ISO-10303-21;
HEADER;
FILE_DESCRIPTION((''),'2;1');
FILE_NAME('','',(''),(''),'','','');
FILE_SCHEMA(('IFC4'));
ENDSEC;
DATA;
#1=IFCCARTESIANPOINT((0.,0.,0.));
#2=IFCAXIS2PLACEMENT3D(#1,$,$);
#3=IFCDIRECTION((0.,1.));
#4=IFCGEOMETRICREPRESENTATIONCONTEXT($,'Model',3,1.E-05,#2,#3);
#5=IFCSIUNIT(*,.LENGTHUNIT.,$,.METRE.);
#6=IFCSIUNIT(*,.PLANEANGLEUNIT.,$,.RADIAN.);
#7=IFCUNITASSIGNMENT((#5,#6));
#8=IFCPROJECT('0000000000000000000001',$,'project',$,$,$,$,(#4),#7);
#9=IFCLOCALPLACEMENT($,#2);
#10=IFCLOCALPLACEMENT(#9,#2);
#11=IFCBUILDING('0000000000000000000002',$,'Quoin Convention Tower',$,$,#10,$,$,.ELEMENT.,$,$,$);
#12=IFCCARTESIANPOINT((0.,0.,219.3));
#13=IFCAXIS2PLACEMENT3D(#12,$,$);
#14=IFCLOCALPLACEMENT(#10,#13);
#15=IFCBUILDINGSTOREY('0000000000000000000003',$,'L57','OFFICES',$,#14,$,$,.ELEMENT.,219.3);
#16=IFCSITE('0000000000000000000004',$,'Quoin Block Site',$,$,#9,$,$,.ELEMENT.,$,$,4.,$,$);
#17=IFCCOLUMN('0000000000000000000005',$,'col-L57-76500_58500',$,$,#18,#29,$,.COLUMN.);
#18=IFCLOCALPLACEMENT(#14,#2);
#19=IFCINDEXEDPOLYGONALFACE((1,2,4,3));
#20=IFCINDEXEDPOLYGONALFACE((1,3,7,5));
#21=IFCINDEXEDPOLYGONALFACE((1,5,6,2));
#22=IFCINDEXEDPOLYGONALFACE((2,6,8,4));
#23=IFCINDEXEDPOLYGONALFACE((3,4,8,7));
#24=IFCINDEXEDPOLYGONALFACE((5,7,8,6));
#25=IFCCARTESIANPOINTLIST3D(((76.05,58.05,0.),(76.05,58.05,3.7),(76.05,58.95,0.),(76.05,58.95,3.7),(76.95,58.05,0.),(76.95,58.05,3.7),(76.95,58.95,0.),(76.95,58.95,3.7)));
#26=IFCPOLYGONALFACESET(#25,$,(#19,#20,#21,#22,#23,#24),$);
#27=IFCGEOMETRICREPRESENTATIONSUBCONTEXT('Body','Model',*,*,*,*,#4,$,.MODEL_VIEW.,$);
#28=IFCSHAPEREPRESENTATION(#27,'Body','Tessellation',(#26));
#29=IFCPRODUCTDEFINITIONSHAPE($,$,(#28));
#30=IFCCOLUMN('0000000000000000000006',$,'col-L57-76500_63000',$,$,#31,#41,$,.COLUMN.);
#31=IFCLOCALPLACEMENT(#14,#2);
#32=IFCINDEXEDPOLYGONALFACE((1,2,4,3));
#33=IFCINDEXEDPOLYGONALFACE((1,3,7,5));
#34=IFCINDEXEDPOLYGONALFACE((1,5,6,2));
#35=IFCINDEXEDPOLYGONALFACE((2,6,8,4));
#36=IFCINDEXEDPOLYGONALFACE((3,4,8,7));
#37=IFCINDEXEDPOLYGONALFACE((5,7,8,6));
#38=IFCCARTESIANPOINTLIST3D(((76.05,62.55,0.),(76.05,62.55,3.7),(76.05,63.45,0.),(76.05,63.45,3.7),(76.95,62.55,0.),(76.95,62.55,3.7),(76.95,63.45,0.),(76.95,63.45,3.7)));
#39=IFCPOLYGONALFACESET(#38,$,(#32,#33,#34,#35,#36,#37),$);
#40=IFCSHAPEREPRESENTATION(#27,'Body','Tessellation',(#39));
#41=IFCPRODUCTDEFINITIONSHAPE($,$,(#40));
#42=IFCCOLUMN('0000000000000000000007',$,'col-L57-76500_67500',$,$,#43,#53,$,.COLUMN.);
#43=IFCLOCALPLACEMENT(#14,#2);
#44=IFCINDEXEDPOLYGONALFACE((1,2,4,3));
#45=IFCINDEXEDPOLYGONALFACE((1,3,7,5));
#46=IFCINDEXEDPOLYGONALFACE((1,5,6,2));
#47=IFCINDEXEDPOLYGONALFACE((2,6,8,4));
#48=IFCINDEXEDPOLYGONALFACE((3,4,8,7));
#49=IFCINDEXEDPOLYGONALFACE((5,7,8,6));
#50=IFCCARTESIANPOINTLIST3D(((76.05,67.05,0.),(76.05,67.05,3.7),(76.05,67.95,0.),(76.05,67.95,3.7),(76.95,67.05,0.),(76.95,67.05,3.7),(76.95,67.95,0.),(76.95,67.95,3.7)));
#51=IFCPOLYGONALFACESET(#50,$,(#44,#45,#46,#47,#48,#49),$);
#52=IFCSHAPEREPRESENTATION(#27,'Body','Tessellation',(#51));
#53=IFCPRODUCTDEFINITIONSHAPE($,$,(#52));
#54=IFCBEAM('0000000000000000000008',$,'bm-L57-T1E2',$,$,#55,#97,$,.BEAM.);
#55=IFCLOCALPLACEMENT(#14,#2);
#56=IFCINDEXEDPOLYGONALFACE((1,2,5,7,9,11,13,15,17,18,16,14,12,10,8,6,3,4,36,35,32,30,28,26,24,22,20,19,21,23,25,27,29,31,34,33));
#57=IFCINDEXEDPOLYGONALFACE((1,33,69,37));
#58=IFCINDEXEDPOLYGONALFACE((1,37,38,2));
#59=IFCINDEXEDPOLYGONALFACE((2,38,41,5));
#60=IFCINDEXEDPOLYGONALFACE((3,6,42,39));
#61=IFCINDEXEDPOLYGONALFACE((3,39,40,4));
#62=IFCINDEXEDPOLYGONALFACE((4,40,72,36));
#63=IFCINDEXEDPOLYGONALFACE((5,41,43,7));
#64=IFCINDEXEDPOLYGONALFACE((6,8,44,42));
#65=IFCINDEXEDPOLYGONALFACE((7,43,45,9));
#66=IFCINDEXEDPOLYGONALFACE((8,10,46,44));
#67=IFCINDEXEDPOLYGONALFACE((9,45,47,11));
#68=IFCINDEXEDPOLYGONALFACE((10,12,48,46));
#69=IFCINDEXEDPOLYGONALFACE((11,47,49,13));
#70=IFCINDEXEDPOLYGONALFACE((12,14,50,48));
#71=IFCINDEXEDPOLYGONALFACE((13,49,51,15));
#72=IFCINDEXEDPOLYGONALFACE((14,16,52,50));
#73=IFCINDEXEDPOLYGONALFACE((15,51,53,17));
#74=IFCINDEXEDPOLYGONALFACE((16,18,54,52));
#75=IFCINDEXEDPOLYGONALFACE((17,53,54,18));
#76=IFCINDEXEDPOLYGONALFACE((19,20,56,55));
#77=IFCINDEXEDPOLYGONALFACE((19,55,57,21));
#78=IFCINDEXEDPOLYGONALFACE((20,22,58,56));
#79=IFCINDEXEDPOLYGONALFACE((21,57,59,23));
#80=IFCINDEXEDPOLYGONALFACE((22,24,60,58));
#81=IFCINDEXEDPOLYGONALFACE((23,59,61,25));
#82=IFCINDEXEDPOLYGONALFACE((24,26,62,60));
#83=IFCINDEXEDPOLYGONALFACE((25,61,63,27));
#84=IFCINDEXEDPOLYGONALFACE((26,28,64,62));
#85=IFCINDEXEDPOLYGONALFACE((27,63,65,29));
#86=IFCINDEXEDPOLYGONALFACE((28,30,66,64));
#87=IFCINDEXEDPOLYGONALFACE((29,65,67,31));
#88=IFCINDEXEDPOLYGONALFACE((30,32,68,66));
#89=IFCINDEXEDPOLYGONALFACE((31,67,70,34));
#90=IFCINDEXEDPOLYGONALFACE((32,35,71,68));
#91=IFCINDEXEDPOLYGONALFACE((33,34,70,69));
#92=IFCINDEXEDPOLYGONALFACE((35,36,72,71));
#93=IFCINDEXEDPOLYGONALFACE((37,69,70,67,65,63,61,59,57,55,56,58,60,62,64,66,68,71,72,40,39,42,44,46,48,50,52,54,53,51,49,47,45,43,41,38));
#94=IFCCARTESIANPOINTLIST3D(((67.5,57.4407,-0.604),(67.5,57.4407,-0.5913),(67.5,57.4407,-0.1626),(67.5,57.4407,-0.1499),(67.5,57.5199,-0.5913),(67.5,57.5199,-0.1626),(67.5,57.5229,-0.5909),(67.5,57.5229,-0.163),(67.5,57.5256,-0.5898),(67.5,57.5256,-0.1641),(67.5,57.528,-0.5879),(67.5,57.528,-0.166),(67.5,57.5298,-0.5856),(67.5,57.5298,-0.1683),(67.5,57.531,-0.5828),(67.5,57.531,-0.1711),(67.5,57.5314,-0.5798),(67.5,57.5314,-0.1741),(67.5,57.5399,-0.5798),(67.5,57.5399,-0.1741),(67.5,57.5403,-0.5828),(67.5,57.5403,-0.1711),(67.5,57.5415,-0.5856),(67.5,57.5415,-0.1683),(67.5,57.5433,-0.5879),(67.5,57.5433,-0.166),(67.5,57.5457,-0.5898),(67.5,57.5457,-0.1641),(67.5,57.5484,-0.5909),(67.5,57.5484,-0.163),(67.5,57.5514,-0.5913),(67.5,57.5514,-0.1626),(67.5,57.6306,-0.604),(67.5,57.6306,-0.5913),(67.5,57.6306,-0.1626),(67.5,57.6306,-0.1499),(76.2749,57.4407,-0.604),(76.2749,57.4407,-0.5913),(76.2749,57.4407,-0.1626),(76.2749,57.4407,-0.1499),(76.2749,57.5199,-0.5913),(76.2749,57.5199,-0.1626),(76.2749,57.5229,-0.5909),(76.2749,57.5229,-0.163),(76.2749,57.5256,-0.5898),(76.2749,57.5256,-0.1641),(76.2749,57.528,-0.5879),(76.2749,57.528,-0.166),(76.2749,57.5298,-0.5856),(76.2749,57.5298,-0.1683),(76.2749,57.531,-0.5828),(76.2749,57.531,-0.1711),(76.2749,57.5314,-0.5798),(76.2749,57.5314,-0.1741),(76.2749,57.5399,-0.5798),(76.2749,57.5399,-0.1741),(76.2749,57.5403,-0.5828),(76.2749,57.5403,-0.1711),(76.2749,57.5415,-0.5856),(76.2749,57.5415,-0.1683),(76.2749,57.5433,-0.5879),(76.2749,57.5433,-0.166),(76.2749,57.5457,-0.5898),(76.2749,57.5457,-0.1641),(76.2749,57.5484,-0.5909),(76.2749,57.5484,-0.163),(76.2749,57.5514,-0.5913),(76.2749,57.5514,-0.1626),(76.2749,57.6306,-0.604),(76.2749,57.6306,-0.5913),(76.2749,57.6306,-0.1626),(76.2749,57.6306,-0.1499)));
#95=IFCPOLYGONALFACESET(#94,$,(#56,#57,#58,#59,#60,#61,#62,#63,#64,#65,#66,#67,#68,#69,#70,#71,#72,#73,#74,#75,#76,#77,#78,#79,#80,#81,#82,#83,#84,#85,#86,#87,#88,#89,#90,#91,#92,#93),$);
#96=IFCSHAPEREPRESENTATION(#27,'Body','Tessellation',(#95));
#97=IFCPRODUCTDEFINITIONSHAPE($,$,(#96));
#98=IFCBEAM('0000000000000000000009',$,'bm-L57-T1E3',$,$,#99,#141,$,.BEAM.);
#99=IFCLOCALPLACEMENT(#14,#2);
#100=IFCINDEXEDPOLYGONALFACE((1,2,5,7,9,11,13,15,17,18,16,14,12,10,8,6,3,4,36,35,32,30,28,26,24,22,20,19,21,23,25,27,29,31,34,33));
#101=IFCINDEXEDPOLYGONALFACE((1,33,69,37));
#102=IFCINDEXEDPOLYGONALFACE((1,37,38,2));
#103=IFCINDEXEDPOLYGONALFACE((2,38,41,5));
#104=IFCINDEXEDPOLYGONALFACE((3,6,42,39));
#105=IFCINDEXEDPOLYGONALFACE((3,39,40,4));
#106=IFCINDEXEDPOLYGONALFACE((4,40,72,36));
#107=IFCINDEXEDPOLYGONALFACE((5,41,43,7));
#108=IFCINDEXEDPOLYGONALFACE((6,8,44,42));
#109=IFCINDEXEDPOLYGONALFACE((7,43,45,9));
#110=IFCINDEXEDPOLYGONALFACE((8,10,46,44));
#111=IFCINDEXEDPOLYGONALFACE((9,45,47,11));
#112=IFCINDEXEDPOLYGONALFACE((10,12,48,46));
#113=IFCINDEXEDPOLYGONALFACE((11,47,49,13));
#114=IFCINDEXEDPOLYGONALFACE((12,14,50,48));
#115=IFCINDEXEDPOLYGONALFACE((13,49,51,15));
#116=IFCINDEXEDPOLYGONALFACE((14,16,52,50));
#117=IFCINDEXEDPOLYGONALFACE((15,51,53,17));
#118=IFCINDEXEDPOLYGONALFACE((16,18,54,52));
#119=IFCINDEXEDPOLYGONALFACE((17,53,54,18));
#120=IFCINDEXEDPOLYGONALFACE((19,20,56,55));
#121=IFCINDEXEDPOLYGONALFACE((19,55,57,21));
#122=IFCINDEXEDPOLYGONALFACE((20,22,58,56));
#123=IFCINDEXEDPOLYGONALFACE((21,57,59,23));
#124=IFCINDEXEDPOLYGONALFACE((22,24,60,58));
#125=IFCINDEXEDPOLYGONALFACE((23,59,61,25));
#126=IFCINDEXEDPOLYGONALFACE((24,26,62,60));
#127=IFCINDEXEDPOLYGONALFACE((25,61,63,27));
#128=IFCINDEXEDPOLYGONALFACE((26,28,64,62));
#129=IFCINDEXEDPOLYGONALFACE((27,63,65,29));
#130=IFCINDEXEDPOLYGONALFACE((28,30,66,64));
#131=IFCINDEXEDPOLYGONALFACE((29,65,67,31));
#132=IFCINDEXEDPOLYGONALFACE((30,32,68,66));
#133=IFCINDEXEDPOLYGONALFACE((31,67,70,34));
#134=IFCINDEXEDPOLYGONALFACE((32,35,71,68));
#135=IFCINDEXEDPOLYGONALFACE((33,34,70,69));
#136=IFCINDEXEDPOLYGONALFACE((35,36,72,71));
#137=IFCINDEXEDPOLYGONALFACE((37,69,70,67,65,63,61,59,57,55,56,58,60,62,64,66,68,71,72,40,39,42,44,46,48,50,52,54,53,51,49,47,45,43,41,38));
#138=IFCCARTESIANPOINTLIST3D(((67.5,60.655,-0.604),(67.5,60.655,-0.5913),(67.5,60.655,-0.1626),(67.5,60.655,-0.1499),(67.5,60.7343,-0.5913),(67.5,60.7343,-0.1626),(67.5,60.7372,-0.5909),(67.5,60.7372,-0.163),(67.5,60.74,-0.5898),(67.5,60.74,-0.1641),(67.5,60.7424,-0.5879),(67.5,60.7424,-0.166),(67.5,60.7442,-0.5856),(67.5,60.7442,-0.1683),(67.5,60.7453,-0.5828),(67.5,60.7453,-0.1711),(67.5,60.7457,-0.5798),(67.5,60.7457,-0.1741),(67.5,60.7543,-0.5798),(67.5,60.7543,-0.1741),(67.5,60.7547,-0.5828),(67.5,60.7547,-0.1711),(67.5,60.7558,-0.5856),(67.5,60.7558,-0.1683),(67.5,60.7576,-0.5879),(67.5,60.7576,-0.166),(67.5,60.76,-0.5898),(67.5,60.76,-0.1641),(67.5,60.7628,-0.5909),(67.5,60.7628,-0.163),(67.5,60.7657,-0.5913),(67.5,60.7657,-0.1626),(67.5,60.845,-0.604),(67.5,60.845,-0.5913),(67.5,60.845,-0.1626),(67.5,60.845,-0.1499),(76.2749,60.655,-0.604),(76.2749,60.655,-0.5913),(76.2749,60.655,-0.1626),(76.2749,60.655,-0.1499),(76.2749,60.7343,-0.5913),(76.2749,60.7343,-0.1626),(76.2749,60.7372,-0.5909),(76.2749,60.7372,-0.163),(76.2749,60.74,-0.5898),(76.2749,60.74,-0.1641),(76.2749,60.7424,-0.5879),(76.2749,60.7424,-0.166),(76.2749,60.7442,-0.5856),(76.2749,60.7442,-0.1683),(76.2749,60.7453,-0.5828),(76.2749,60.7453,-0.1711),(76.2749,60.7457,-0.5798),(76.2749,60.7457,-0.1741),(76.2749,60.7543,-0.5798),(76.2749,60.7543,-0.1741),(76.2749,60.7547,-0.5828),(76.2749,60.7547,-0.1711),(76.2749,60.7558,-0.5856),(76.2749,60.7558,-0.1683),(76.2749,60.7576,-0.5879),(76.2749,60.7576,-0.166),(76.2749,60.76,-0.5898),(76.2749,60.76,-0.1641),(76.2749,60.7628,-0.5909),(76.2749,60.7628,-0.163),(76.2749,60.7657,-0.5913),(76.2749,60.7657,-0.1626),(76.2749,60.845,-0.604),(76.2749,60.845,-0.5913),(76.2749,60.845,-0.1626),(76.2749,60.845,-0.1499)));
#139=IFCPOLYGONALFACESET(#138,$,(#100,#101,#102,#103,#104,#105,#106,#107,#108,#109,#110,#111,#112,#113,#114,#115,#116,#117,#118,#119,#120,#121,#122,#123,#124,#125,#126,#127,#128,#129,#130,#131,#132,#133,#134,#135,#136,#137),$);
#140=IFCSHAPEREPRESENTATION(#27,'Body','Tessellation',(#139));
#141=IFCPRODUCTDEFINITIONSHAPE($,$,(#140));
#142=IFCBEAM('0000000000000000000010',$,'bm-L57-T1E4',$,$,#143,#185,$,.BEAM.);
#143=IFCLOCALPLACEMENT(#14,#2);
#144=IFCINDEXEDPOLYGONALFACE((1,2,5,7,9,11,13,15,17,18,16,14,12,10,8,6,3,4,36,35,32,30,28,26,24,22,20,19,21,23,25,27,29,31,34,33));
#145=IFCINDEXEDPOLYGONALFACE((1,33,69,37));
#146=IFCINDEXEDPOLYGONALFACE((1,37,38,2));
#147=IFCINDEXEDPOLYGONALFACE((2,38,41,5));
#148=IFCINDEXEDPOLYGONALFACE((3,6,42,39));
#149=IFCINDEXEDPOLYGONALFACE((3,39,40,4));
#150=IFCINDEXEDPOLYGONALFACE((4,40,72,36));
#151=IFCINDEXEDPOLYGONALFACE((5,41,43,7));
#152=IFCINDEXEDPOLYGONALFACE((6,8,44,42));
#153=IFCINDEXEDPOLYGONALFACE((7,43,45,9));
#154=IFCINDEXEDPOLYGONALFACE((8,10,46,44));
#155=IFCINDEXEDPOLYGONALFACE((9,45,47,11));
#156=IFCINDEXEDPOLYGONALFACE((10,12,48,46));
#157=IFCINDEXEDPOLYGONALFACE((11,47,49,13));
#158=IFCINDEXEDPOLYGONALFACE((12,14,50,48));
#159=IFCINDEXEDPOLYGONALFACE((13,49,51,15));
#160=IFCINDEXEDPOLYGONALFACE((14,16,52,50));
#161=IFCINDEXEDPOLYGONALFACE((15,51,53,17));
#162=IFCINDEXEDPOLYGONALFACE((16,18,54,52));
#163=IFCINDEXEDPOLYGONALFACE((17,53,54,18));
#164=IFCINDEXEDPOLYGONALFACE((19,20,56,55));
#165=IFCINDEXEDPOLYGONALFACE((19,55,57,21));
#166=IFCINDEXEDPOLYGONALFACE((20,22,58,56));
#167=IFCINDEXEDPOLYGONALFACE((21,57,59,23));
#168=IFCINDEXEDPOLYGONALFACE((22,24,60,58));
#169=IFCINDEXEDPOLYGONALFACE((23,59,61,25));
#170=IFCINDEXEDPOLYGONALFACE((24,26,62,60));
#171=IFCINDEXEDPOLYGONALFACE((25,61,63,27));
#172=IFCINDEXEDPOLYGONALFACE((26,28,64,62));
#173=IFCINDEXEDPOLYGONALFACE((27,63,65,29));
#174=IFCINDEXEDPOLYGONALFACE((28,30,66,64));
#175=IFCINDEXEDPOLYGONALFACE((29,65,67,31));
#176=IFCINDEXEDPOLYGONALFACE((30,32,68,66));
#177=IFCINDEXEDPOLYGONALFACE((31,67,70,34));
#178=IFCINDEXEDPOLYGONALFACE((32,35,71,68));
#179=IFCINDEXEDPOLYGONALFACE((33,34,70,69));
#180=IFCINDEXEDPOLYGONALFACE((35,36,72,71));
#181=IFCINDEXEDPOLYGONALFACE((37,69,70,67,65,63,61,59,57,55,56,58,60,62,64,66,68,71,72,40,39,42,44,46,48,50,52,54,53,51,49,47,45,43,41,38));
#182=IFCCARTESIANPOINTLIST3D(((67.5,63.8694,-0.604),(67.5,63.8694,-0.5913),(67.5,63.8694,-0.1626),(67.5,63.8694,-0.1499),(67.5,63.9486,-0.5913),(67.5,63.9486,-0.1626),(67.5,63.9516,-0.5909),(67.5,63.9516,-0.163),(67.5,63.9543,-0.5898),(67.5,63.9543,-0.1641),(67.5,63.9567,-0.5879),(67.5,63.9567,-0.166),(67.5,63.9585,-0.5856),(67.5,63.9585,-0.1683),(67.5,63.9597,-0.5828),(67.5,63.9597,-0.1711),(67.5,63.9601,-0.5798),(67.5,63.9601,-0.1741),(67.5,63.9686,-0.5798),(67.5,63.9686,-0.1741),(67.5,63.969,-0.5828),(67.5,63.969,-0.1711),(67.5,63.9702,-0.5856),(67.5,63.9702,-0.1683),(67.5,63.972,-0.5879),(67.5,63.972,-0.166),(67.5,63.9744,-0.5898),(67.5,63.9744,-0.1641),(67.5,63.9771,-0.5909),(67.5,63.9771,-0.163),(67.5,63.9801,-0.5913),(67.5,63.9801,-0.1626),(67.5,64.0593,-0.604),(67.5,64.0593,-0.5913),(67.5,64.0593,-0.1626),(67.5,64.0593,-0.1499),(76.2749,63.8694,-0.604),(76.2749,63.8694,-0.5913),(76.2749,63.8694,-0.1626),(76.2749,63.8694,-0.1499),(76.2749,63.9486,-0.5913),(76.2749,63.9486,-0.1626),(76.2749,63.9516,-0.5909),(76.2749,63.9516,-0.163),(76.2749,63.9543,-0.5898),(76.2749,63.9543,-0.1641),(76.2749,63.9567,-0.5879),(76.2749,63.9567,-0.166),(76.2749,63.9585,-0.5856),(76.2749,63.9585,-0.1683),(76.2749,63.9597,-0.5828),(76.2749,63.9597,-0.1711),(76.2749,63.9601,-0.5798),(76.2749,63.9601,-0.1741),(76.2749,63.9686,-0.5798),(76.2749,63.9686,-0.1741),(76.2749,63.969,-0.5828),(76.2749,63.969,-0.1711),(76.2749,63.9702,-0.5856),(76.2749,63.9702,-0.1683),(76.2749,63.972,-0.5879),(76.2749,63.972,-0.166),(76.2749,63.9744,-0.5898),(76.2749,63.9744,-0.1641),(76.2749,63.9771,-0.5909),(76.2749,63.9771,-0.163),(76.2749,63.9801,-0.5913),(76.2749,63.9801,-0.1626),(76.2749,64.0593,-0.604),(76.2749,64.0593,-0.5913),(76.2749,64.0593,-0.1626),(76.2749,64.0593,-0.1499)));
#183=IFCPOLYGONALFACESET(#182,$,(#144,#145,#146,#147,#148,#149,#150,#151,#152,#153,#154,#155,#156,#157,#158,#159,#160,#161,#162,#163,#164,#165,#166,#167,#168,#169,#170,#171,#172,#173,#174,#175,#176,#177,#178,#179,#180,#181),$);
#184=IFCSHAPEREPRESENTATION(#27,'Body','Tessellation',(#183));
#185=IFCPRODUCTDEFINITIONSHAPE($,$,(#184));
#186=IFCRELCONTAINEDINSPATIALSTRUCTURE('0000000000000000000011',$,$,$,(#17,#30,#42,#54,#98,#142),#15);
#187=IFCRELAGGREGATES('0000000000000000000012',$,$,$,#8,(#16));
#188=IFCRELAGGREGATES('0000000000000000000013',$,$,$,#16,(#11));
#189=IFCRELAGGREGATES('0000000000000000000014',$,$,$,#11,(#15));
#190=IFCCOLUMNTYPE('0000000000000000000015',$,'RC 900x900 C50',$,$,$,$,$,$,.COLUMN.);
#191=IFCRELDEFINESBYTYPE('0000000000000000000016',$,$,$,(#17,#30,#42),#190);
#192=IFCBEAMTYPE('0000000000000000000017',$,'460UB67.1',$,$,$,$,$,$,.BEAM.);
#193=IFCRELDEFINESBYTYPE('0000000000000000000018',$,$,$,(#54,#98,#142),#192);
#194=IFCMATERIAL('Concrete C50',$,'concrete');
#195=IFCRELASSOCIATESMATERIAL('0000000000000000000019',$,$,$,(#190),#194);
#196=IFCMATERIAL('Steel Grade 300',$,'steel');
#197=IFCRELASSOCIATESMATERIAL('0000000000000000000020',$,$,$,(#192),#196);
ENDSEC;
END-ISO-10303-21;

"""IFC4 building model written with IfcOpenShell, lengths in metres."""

from ifc_helpers import new_model, si_unit, direction, frame, origin, origin_2d, place, context, subcontext, project, spatial, rectangle, i_section, extrude, material, material_profile, profile_set, type_object, element, save


model = new_model("IFC4")

# Units and contexts
model_context = context("Model", 3, precision=1e-05, world=origin(), true_north=direction((0.0, 1.0)))
body_context = subcontext(model_context, "Body", "Model", "MODEL_VIEW")
ifc_project = project(units=[si_unit("LENGTHUNIT", "METRE"), si_unit("PLANEANGLEUNIT", "RADIAN")], contexts=[model_context])

# Site, building, storey
site_placement = place(None, origin())
site = spatial("IfcSite", under=ifc_project, at=site_placement, Name="Quoin Block Site", CompositionType="ELEMENT", RefElevation=4.0)
building_placement = place(site_placement, origin())
building = spatial("IfcBuilding", under=site, at=building_placement, Name="Quoin Convention Tower", CompositionType="ELEMENT")
storey_placement = place(building_placement, frame((0.0, 0.0, 219.3)))
storey = spatial("IfcBuildingStorey", under=building, at=storey_placement, Name="L57", Description="OFFICES", CompositionType="ELEMENT", Elevation=219.3)

# Columns
ifc_material_1 = material(Name="Concrete C50", Category="concrete")
ifc_material_profile_1 = material_profile(ifc_material_1, rectangle(XDim=0.8999, YDim=0.8999, at=origin_2d()), Name="RC 900x900")
ifc_profile_set_1 = profile_set([ifc_material_profile_1], Name="Concrete C50")
column_type = type_object("IfcColumnType", Name="RC 900x900 C50", PredefinedType="COLUMN", material=ifc_profile_set_1)
for number, where, z_axis, x_axis, name in (
    (1, (76.5, 58.5, 0.0), (0.0, 0.0, 1.0), (1.0, 0.0, 0.0), "col-L57-76500_58500"),
    (2, (76.5, 63.0, 0.0), (0.0, 0.0, 1.0), (1.0, 0.0, 0.0), "col-L57-76500_63000"),
    (3, (76.5, 67.5, 0.0), (0.0, 0.0, 1.0), (1.0, 0.0, 0.0), "col-L57-76500_67500"),
):
    element("IfcColumn", number, at=place(storey_placement, frame(where, z_axis=z_axis, x_axis=x_axis)), inside=storey, type_object=column_type, Name=name, PredefinedType="COLUMN", context=body_context, shape_type="SweptSolid", body=[
        extrude(rectangle(XDim=0.8999, YDim=0.8999, at=origin_2d()), origin(), (0.0, 0.0, 1.0), 3.7),
    ])

# Beams
ifc_material_2 = material(Name="Steel Grade 300", Category="steel")
ifc_material_profile_2 = material_profile(ifc_material_2, i_section(OverallWidth=0.1899, OverallDepth=0.4541, WebThickness=0.0085, FlangeThickness=0.0127, FilletRadius=0.0115, at=origin_2d()), Name="460UB67.1")
ifc_profile_set_2 = profile_set([ifc_material_profile_2], Name="Steel Grade 300")
beam_type_1 = type_object("IfcBeamType", Name="460UB67.1", PredefinedType="BEAM", material=ifc_profile_set_2)
for number, where, z_axis, x_axis, name in (
    (4, (67.5, 57.5356, -0.377), (1.0, 0.0, 0.0), (0.0, 1.0, 0.0), "bm-L57-T1E2"),
    (5, (67.5, 60.75, -0.377), (1.0, 0.0, 0.0), (0.0, 1.0, 0.0), "bm-L57-T1E3"),
    (6, (67.5, 63.9644, -0.377), (1.0, 0.0, 0.0), (0.0, 1.0, 0.0), "bm-L57-T1E4"),
):
    element("IfcBeam", number, at=place(storey_placement, frame(where, z_axis=z_axis, x_axis=x_axis)), inside=storey, type_object=beam_type_1, Name=name, PredefinedType="BEAM", context=body_context, shape_type="SweptSolid", body=[
        extrude(i_section(OverallWidth=0.1899, OverallDepth=0.4541, WebThickness=0.0085, FlangeThickness=0.0127, FilletRadius=0.0115, at=origin_2d()), origin(), (0.0, 0.0, 1.0), 8.7749),
    ])

save(model, "model.ifc")
